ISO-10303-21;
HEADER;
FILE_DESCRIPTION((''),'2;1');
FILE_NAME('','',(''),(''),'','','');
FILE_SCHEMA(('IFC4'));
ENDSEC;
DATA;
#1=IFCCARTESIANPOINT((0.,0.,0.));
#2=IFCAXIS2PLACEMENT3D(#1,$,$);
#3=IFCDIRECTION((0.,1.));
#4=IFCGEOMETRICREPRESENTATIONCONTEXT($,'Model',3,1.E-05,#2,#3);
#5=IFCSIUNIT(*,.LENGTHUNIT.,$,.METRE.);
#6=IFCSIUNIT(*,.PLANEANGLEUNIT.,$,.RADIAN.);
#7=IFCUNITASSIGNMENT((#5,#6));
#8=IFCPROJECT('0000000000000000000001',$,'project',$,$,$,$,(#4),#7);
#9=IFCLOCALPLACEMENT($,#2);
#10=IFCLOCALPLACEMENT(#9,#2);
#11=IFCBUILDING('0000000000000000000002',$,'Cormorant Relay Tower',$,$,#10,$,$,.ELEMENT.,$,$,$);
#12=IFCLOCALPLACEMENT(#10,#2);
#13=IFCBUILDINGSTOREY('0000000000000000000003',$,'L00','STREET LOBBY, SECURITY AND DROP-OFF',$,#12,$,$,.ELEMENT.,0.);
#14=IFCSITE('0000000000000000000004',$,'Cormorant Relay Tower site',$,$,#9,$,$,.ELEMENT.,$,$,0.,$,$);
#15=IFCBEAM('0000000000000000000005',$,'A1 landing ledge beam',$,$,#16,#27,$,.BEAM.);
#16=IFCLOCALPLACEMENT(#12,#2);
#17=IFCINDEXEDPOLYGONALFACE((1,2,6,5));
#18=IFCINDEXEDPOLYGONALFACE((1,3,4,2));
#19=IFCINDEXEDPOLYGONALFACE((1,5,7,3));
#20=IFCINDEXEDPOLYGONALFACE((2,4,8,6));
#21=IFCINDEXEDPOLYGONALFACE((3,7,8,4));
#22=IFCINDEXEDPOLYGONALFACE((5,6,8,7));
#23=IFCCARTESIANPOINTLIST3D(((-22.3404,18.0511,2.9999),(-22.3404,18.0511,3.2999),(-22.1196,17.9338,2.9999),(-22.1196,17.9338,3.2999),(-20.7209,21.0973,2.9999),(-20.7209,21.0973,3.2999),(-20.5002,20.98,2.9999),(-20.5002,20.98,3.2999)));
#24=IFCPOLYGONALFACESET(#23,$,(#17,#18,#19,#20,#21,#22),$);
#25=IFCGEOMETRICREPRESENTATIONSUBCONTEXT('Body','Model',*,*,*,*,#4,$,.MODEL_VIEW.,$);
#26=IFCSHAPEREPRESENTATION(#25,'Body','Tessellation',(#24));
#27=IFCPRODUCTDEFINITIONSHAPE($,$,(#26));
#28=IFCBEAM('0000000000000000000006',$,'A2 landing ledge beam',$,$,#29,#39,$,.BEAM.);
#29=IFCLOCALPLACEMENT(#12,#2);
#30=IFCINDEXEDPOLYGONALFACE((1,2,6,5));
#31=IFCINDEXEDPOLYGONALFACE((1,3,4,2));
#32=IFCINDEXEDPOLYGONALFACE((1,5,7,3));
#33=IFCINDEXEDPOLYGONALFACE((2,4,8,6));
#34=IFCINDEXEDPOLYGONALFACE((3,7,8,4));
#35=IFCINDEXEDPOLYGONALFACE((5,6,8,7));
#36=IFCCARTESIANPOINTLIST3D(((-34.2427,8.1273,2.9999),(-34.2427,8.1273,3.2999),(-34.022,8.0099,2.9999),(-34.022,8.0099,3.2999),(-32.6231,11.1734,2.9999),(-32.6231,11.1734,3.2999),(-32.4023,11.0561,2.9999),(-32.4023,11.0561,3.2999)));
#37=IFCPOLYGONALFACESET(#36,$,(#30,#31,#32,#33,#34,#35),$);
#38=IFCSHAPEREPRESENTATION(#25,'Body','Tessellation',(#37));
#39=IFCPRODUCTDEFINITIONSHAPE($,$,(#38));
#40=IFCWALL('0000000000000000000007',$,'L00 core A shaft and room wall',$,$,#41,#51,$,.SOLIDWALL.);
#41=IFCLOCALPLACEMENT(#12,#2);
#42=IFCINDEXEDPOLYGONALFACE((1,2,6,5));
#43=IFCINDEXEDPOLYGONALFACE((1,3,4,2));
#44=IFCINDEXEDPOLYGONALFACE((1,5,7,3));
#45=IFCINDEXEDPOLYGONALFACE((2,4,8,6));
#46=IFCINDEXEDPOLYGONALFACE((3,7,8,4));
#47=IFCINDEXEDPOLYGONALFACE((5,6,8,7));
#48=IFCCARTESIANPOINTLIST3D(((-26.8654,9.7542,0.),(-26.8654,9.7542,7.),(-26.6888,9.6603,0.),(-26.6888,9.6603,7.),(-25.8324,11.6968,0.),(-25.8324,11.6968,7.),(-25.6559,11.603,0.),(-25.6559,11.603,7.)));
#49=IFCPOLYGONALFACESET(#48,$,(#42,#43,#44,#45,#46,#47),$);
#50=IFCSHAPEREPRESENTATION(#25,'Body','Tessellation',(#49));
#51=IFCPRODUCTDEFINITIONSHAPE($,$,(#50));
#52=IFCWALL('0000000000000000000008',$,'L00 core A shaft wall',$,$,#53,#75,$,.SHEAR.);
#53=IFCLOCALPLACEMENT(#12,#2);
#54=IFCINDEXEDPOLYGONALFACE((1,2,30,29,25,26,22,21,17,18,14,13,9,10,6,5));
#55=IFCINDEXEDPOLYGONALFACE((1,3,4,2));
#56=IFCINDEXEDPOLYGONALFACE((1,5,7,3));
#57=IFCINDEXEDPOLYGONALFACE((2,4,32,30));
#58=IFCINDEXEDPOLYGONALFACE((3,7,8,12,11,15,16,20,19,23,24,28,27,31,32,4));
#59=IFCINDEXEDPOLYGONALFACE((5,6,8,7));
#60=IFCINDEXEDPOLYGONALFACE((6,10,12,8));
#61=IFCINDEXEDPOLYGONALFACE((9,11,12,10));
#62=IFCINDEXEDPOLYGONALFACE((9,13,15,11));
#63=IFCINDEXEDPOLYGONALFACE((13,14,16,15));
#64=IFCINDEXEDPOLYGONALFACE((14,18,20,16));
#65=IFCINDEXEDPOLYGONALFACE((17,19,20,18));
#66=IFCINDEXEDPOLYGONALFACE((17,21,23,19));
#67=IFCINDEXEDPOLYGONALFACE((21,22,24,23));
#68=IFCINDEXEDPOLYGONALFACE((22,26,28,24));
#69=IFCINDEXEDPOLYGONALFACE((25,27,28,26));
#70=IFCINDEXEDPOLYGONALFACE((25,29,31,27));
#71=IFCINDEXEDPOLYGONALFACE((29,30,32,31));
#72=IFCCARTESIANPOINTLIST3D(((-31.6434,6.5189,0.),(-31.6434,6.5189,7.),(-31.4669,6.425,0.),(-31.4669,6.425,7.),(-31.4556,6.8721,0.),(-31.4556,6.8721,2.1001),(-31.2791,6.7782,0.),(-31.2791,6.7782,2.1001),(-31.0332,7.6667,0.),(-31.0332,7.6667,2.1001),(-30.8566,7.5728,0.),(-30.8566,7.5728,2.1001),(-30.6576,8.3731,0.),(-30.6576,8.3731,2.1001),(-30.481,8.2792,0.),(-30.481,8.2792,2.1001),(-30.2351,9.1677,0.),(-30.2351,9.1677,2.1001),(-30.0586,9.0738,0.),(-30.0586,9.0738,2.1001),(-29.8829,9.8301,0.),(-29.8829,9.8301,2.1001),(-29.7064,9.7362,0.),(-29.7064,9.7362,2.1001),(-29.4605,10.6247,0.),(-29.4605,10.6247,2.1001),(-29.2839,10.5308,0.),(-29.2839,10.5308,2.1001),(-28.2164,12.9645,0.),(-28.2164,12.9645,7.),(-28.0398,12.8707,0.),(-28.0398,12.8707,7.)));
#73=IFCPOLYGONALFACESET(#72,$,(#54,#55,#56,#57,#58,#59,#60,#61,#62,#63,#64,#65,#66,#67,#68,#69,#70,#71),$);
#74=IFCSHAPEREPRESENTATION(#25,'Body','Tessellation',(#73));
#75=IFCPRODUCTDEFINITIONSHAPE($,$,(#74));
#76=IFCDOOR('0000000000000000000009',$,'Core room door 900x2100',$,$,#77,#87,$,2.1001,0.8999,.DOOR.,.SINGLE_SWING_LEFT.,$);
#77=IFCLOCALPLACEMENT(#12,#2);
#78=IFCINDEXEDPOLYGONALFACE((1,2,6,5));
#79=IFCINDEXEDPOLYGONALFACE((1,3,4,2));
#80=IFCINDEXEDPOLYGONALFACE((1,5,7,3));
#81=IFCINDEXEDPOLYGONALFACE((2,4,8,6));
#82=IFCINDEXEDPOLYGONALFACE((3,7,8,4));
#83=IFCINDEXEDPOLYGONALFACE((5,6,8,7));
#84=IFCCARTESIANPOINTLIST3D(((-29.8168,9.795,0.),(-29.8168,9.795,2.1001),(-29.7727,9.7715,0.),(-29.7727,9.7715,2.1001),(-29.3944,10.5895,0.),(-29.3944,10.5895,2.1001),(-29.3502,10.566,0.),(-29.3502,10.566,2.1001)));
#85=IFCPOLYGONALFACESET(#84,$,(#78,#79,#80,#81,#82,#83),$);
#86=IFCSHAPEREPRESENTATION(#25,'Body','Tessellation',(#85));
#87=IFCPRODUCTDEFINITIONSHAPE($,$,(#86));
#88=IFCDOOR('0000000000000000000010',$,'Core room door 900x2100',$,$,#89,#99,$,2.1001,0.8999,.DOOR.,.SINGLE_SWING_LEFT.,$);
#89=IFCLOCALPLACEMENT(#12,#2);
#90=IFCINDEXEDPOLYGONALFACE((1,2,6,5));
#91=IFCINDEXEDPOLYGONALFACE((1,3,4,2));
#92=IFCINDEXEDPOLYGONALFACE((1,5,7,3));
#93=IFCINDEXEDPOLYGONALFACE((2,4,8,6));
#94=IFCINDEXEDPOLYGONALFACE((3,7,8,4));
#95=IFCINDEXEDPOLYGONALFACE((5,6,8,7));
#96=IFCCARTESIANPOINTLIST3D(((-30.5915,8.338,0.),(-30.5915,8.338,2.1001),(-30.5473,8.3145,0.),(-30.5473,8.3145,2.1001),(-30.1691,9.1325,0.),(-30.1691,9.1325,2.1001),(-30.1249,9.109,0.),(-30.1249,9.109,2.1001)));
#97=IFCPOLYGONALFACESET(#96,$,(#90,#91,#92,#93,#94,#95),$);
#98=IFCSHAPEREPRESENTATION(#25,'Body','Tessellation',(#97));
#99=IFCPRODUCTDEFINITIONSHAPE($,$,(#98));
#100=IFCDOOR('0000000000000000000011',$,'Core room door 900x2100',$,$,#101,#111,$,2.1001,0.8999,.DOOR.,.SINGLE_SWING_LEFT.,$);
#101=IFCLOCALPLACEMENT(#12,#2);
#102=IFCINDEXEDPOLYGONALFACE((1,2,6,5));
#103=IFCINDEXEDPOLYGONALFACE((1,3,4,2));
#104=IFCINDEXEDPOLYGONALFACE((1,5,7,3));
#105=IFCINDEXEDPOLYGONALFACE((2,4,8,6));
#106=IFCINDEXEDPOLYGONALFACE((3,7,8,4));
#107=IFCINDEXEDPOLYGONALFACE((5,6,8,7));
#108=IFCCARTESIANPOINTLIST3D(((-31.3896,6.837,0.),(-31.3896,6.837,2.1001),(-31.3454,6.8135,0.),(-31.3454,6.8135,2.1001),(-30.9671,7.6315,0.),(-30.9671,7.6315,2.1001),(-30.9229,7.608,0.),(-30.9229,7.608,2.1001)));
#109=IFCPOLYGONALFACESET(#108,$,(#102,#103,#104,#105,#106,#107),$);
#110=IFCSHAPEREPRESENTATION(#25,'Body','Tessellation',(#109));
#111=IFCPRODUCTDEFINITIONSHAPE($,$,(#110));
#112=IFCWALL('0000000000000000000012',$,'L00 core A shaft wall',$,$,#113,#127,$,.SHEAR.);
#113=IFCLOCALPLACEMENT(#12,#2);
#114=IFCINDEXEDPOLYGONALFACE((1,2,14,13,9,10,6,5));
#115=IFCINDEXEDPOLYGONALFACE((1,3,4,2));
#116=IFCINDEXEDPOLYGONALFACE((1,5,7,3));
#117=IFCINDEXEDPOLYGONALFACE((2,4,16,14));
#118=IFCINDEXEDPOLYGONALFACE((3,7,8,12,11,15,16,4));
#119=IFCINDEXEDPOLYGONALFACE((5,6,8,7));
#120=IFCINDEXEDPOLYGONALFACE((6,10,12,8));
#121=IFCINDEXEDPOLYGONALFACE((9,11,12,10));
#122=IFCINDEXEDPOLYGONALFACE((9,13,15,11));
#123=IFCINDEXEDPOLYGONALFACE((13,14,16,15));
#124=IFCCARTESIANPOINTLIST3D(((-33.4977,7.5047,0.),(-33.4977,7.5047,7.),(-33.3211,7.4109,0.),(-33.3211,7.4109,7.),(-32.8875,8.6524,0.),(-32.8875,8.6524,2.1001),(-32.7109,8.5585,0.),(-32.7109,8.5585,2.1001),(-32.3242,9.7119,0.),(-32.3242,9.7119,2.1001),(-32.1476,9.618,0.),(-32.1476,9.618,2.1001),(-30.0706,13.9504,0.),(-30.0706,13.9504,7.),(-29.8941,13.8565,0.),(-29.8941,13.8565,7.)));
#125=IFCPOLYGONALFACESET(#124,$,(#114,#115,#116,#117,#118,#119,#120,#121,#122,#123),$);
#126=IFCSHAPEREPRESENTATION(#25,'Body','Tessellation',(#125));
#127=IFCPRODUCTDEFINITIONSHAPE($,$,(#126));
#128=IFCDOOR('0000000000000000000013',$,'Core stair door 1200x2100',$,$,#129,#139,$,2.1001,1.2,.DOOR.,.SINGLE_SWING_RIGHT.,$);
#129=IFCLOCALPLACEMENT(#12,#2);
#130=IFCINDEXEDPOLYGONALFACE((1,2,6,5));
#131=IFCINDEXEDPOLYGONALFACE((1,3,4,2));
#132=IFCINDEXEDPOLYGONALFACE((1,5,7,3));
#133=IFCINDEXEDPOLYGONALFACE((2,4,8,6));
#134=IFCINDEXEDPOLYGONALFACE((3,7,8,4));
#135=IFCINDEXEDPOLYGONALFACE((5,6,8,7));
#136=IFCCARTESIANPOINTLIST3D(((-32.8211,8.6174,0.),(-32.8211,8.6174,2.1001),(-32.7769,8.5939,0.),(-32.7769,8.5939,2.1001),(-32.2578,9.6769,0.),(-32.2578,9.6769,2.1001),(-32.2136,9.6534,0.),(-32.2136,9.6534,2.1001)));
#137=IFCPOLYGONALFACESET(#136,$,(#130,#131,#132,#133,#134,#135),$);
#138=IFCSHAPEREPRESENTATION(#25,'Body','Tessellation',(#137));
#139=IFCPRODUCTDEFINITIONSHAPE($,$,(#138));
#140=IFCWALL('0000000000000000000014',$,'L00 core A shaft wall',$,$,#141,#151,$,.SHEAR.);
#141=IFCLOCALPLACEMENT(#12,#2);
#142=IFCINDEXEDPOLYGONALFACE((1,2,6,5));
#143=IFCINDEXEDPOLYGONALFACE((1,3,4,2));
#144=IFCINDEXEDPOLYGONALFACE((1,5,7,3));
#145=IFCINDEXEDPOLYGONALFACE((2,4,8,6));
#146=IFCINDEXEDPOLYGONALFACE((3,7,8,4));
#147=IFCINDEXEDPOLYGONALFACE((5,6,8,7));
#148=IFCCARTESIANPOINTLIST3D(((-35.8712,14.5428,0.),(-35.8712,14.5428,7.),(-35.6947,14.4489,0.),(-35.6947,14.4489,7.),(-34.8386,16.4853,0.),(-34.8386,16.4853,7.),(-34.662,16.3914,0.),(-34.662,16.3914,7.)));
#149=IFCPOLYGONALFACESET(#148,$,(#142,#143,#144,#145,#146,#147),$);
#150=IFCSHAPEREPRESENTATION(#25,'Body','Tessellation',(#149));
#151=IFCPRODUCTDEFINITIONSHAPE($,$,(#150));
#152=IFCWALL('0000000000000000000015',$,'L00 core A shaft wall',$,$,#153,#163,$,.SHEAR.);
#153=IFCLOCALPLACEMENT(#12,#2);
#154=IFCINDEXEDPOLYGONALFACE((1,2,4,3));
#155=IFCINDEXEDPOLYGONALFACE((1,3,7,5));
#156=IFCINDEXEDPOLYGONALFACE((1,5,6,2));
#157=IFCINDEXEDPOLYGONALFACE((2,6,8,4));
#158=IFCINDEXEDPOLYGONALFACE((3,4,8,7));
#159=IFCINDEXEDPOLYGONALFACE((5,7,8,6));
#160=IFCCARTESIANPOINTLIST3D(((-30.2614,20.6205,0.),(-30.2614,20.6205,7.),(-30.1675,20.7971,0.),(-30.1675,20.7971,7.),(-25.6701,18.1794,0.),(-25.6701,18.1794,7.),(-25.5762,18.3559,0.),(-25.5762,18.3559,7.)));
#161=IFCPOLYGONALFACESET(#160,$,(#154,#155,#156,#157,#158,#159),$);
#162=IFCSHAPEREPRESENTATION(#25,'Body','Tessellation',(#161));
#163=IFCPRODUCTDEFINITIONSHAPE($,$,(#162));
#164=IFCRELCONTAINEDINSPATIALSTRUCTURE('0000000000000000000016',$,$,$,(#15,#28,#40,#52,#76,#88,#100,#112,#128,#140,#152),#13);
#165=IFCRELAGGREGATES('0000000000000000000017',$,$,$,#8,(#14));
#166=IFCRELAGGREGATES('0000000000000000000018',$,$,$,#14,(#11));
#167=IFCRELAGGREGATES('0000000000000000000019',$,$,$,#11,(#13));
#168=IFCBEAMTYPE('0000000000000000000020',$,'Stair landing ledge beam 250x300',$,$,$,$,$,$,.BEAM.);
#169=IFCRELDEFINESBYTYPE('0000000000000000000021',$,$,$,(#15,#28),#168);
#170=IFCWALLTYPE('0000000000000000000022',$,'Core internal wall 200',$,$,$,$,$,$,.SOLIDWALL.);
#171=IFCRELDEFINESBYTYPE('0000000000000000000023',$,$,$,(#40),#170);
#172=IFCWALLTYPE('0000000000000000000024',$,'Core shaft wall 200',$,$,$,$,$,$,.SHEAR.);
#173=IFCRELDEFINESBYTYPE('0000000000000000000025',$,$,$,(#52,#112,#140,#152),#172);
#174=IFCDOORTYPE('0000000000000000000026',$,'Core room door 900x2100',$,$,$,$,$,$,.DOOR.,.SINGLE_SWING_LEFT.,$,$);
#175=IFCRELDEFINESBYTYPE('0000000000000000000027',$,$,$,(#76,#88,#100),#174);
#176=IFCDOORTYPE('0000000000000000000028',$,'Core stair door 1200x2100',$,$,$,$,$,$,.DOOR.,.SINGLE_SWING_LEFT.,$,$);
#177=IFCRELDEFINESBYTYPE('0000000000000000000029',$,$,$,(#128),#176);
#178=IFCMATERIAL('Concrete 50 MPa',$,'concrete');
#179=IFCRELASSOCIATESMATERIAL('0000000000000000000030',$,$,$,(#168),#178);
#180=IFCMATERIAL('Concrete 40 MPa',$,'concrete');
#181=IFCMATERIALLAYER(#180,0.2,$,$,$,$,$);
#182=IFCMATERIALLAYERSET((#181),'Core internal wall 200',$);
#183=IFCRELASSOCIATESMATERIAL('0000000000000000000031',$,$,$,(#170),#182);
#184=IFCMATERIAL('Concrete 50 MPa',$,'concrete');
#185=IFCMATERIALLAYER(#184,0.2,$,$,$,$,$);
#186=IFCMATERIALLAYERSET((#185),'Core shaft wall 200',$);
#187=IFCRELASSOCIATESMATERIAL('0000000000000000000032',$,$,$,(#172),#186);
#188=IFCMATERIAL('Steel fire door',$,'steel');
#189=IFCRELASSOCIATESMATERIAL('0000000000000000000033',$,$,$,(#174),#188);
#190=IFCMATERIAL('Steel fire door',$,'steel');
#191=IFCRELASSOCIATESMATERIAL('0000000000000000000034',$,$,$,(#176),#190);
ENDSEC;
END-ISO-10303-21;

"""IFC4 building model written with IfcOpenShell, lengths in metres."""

from ifc_helpers import new_model, si_unit, direction, frame, frame_2d, origin, origin_2d, place, context, subcontext, project, spatial, rectangle, extrude, material, layer, layer_set, material_profile, profile_set, type_object, element, fill, save


model = new_model("IFC4")

# Units and contexts
model_context = context("Model", 3, precision=1e-05, world=origin(), true_north=direction((0.0, 1.0)))
body_context = subcontext(model_context, "Body", "Model", "MODEL_VIEW")
ifc_project = project(units=[si_unit("LENGTHUNIT", "METRE"), si_unit("PLANEANGLEUNIT", "RADIAN")], contexts=[model_context])

# Site, building, storey
site_placement = place(None, origin())
site = spatial("IfcSite", under=ifc_project, at=site_placement, Name="Cormorant Relay Tower site", CompositionType="ELEMENT", RefElevation=0.0)
building_placement = place(site_placement, origin())
building = spatial("IfcBuilding", under=site, at=building_placement, Name="Cormorant Relay Tower", CompositionType="ELEMENT")
storey_placement = place(building_placement, origin())
storey = spatial("IfcBuildingStorey", under=building, at=storey_placement, Name="L00", Description="STREET LOBBY, SECURITY AND DROP-OFF", CompositionType="ELEMENT", Elevation=0.0)

# Beams
ifc_material_1 = material(Name="Concrete 50 MPa", Category="concrete")
ifc_material_profile = material_profile(ifc_material_1, rectangle(XDim=0.25, YDim=0.3, at=origin_2d()), Name="RC 250x300")
ifc_profile_set = profile_set([ifc_material_profile], Name="Concrete 50 MPa")
beam_type = type_object("IfcBeamType", Name="Stair landing ledge beam 250x300", PredefinedType="BEAM", material=ifc_profile_set)
for number, where, z_axis, x_axis, name in (
    (1, (-22.23, 17.9924, 3.1499), (0.469409, 0.882981, 0.0), (-0.882981, 0.469409, 0.0), "A1 landing ledge beam"),
    (2, (-32.5127, 11.1147, 3.1499), (-0.469464, -0.882952, 0.0), (0.882952, -0.469464, 0.0), "A2 landing ledge beam"),
):
    element("IfcBeam", number, at=place(storey_placement, frame(where, z_axis=z_axis, x_axis=x_axis)), inside=storey, type_object=beam_type, Name=name, PredefinedType="BEAM", context=body_context, shape_type="SweptSolid", body=[
        extrude(rectangle(XDim=0.25, YDim=0.3, at=origin_2d()), origin(), (0.0, 0.0, 1.0), 3.45),
    ])

# Wall
ifc_material_2 = material(Name="Concrete 40 MPa", Category="concrete")
ifc_layer_1 = layer(ifc_material_2, 0.2)
ifc_layer_set_1 = layer_set([ifc_layer_1], Name="Core internal wall 200")
wall_type_1 = type_object("IfcWallType", Name="Core internal wall 200", PredefinedType="SOLIDWALL", material=ifc_layer_set_1)
wall_1_placement = place(storey_placement, frame((-25.7441, 11.6499, 0.0), z_axis=(0.0, 0.0, 1.0), x_axis=(-0.469488, -0.882939, 0.0)))
element("IfcWall", 3, at=wall_1_placement, inside=storey, type_object=wall_type_1, Name="L00 core A shaft and room wall", PredefinedType="SOLIDWALL", context=body_context, shape_type="SweptSolid", body=[
    extrude(rectangle(XDim=2.2002, YDim=0.2, at=frame_2d((1.1001, 0.0))), origin(), (0.0, 0.0, 1.0), 7.0),
])

# Wall, openings, doors
ifc_material_3 = material(Name="Concrete 50 MPa", Category="concrete")
ifc_layer_2 = layer(ifc_material_3, 0.2)
ifc_layer_set_2 = layer_set([ifc_layer_2], Name="Core shaft wall 200")
wall_type_2 = type_object("IfcWallType", Name="Core shaft wall 200", PredefinedType="SHEAR", material=ifc_layer_set_2)
wall_2_placement = place(storey_placement, frame((-28.1282, 12.9175, 0.0), z_axis=(0.0, 0.0, 1.0), x_axis=(-0.469454, -0.882957, 0.0)))
wall_2 = element("IfcWall", 4, at=wall_2_placement, inside=storey, type_object=wall_type_2, Name="L00 core A shaft wall", PredefinedType="SHEAR", context=body_context, shape_type="SweptSolid", body=[
    extrude(rectangle(XDim=7.3, YDim=0.2, at=frame_2d((3.6499, 0.0))), origin(), (0.0, 0.0, 1.0), 7.0),
])
opening_1_placement = place(wall_2_placement, frame((2.6499, 0.0, 0.0)))
opening_1 = element("IfcOpeningElement", 5, at=opening_1_placement, cuts=wall_2, PredefinedType="OPENING", context=body_context, shape_type="SweptSolid", body=[
    extrude(rectangle(XDim=0.8999, YDim=2.1001, at=frame_2d((0.45, 1.05))), frame((0.0, 0.1099, 0.0), z_axis=(0.0, -1.0, 0.0), x_axis=(1.0, 0.0, 0.0)), (0.0, 0.0, 1.0), 0.22),
])
opening_2_placement = place(wall_2_placement, frame((4.3, 0.0, 0.0)))
opening_2 = element("IfcOpeningElement", 6, at=opening_2_placement, cuts=wall_2, PredefinedType="OPENING", context=body_context, shape_type="SweptSolid", body=[
    extrude(rectangle(XDim=0.8999, YDim=2.1001, at=frame_2d((0.45, 1.05))), frame((0.0, 0.1099, 0.0), z_axis=(0.0, -1.0, 0.0), x_axis=(1.0, 0.0, 0.0)), (0.0, 0.0, 1.0), 0.22),
])
opening_3_placement = place(wall_2_placement, frame((6.0, 0.0, 0.0)))
opening_3 = element("IfcOpeningElement", 7, at=opening_3_placement, cuts=wall_2, PredefinedType="OPENING", context=body_context, shape_type="SweptSolid", body=[
    extrude(rectangle(XDim=0.8999, YDim=2.1001, at=frame_2d((0.45, 1.05))), frame((0.0, 0.1099, 0.0), z_axis=(0.0, -1.0, 0.0), x_axis=(1.0, 0.0, 0.0)), (0.0, 0.0, 1.0), 0.22),
])
ifc_material_4 = material(Name="Steel fire door", Category="steel")
door_type_1 = type_object("IfcDoorType", Name="Core room door 900x2100", OperationType="SINGLE_SWING_LEFT", PredefinedType="DOOR", material=ifc_material_4)
door_1_placement = place(opening_1_placement, origin())
door_1 = element("IfcDoor", 8, at=door_1_placement, inside=storey, type_object=door_type_1, Name="Core room door 900x2100", OperationType="SINGLE_SWING_LEFT", OverallHeight=2.1001, OverallWidth=0.8999, PredefinedType="DOOR", context=body_context, shape_type="SweptSolid", body=[
    extrude(rectangle(XDim=0.8999, YDim=2.1001, at=frame_2d((0.45, 1.05))), frame((0.0, 0.0249, 0.0), z_axis=(0.0, -1.0, 0.0), x_axis=(1.0, 0.0, 0.0)), (0.0, 0.0, 1.0), 0.05),
])
fill(opening_1, door_1)
door_2_placement = place(opening_2_placement, origin())
door_2 = element("IfcDoor", 9, at=door_2_placement, inside=storey, type_object=door_type_1, Name="Core room door 900x2100", OperationType="SINGLE_SWING_LEFT", OverallHeight=2.1001, OverallWidth=0.8999, PredefinedType="DOOR", context=body_context, shape_type="SweptSolid", body=[
    extrude(rectangle(XDim=0.8999, YDim=2.1001, at=frame_2d((0.45, 1.05))), frame((0.0, 0.0249, 0.0), z_axis=(0.0, -1.0, 0.0), x_axis=(1.0, 0.0, 0.0)), (0.0, 0.0, 1.0), 0.05),
])
fill(opening_2, door_2)
door_3_placement = place(opening_3_placement, origin())
door_3 = element("IfcDoor", 10, at=door_3_placement, inside=storey, type_object=door_type_1, Name="Core room door 900x2100", OperationType="SINGLE_SWING_LEFT", OverallHeight=2.1001, OverallWidth=0.8999, PredefinedType="DOOR", context=body_context, shape_type="SweptSolid", body=[
    extrude(rectangle(XDim=0.8999, YDim=2.1001, at=frame_2d((0.45, 1.05))), frame((0.0, 0.0249, 0.0), z_axis=(0.0, -1.0, 0.0), x_axis=(1.0, 0.0, 0.0)), (0.0, 0.0, 1.0), 0.05),
])
fill(opening_3, door_3)

# Wall, opening, door
wall_3_placement = place(storey_placement, frame((-29.9824, 13.9033, 0.0), z_axis=(0.0, 0.0, 1.0), x_axis=(-0.469454, -0.882957, 0.0)))
wall_3 = element("IfcWall", 11, at=wall_3_placement, inside=storey, type_object=wall_type_2, Name="L00 core A shaft wall", PredefinedType="SHEAR", context=body_context, shape_type="SweptSolid", body=[
    extrude(rectangle(XDim=7.3, YDim=0.2, at=frame_2d((3.6499, 0.0))), origin(), (0.0, 0.0, 1.0), 7.0),
])
opening_4_placement = place(wall_3_placement, frame((4.8, 0.0, 0.0)))
opening_4 = element("IfcOpeningElement", 12, at=opening_4_placement, cuts=wall_3, PredefinedType="OPENING", context=body_context, shape_type="SweptSolid", body=[
    extrude(rectangle(XDim=1.2, YDim=2.1001, at=frame_2d((0.6001, 1.05))), frame((0.0, 0.1099, 0.0), z_axis=(0.0, -1.0, 0.0), x_axis=(1.0, 0.0, 0.0)), (0.0, 0.0, 1.0), 0.22),
])
ifc_material_5 = material(Name="Steel fire door", Category="steel")
door_type_2 = type_object("IfcDoorType", Name="Core stair door 1200x2100", OperationType="SINGLE_SWING_LEFT", PredefinedType="DOOR", material=ifc_material_5)
door_4_placement = place(opening_4_placement, frame((1.2, 0.0, 0.0), z_axis=(0.0, 0.0, 1.0), x_axis=(-1.0, 0.0, 0.0)))
door_4 = element("IfcDoor", 13, at=door_4_placement, inside=storey, type_object=door_type_2, Name="Core stair door 1200x2100", OperationType="SINGLE_SWING_RIGHT", OverallHeight=2.1001, OverallWidth=1.2, PredefinedType="DOOR", context=body_context, shape_type="SweptSolid", body=[
    extrude(rectangle(XDim=1.2, YDim=2.1001, at=frame_2d((0.6001, 1.05))), frame((0.0, 0.0249, 0.0), z_axis=(0.0, -1.0, 0.0), x_axis=(1.0, 0.0, 0.0)), (0.0, 0.0, 1.0), 0.05),
])
fill(opening_4, door_4)

# Walls
wall_4_placement = place(storey_placement, frame((-34.7502, 16.4385, 0.0), z_axis=(0.0, 0.0, 1.0), x_axis=(-0.469401, -0.882985, 0.0)))
element("IfcWall", 14, at=wall_4_placement, inside=storey, type_object=wall_type_2, Name="L00 core A shaft wall", PredefinedType="SHEAR", context=body_context, shape_type="SweptSolid", body=[
    extrude(rectangle(XDim=2.2, YDim=0.2, at=frame_2d((1.1001, 0.0))), origin(), (0.0, 0.0, 1.0), 7.0),
])
wall_5_placement = place(storey_placement, frame((-25.623, 18.2676, 0.0), z_axis=(0.0, 0.0, 1.0), x_axis=(-0.882954, 0.46946, 0.0)))
element("IfcWall", 15, at=wall_5_placement, inside=storey, type_object=wall_type_2, Name="L00 core A shaft wall", PredefinedType="SHEAR", context=body_context, shape_type="SweptSolid", body=[
    extrude(rectangle(XDim=5.2, YDim=0.2, at=frame_2d((2.6001, 0.0))), origin(), (0.0, 0.0, 1.0), 7.0),
])

save(model, "model.ifc")
